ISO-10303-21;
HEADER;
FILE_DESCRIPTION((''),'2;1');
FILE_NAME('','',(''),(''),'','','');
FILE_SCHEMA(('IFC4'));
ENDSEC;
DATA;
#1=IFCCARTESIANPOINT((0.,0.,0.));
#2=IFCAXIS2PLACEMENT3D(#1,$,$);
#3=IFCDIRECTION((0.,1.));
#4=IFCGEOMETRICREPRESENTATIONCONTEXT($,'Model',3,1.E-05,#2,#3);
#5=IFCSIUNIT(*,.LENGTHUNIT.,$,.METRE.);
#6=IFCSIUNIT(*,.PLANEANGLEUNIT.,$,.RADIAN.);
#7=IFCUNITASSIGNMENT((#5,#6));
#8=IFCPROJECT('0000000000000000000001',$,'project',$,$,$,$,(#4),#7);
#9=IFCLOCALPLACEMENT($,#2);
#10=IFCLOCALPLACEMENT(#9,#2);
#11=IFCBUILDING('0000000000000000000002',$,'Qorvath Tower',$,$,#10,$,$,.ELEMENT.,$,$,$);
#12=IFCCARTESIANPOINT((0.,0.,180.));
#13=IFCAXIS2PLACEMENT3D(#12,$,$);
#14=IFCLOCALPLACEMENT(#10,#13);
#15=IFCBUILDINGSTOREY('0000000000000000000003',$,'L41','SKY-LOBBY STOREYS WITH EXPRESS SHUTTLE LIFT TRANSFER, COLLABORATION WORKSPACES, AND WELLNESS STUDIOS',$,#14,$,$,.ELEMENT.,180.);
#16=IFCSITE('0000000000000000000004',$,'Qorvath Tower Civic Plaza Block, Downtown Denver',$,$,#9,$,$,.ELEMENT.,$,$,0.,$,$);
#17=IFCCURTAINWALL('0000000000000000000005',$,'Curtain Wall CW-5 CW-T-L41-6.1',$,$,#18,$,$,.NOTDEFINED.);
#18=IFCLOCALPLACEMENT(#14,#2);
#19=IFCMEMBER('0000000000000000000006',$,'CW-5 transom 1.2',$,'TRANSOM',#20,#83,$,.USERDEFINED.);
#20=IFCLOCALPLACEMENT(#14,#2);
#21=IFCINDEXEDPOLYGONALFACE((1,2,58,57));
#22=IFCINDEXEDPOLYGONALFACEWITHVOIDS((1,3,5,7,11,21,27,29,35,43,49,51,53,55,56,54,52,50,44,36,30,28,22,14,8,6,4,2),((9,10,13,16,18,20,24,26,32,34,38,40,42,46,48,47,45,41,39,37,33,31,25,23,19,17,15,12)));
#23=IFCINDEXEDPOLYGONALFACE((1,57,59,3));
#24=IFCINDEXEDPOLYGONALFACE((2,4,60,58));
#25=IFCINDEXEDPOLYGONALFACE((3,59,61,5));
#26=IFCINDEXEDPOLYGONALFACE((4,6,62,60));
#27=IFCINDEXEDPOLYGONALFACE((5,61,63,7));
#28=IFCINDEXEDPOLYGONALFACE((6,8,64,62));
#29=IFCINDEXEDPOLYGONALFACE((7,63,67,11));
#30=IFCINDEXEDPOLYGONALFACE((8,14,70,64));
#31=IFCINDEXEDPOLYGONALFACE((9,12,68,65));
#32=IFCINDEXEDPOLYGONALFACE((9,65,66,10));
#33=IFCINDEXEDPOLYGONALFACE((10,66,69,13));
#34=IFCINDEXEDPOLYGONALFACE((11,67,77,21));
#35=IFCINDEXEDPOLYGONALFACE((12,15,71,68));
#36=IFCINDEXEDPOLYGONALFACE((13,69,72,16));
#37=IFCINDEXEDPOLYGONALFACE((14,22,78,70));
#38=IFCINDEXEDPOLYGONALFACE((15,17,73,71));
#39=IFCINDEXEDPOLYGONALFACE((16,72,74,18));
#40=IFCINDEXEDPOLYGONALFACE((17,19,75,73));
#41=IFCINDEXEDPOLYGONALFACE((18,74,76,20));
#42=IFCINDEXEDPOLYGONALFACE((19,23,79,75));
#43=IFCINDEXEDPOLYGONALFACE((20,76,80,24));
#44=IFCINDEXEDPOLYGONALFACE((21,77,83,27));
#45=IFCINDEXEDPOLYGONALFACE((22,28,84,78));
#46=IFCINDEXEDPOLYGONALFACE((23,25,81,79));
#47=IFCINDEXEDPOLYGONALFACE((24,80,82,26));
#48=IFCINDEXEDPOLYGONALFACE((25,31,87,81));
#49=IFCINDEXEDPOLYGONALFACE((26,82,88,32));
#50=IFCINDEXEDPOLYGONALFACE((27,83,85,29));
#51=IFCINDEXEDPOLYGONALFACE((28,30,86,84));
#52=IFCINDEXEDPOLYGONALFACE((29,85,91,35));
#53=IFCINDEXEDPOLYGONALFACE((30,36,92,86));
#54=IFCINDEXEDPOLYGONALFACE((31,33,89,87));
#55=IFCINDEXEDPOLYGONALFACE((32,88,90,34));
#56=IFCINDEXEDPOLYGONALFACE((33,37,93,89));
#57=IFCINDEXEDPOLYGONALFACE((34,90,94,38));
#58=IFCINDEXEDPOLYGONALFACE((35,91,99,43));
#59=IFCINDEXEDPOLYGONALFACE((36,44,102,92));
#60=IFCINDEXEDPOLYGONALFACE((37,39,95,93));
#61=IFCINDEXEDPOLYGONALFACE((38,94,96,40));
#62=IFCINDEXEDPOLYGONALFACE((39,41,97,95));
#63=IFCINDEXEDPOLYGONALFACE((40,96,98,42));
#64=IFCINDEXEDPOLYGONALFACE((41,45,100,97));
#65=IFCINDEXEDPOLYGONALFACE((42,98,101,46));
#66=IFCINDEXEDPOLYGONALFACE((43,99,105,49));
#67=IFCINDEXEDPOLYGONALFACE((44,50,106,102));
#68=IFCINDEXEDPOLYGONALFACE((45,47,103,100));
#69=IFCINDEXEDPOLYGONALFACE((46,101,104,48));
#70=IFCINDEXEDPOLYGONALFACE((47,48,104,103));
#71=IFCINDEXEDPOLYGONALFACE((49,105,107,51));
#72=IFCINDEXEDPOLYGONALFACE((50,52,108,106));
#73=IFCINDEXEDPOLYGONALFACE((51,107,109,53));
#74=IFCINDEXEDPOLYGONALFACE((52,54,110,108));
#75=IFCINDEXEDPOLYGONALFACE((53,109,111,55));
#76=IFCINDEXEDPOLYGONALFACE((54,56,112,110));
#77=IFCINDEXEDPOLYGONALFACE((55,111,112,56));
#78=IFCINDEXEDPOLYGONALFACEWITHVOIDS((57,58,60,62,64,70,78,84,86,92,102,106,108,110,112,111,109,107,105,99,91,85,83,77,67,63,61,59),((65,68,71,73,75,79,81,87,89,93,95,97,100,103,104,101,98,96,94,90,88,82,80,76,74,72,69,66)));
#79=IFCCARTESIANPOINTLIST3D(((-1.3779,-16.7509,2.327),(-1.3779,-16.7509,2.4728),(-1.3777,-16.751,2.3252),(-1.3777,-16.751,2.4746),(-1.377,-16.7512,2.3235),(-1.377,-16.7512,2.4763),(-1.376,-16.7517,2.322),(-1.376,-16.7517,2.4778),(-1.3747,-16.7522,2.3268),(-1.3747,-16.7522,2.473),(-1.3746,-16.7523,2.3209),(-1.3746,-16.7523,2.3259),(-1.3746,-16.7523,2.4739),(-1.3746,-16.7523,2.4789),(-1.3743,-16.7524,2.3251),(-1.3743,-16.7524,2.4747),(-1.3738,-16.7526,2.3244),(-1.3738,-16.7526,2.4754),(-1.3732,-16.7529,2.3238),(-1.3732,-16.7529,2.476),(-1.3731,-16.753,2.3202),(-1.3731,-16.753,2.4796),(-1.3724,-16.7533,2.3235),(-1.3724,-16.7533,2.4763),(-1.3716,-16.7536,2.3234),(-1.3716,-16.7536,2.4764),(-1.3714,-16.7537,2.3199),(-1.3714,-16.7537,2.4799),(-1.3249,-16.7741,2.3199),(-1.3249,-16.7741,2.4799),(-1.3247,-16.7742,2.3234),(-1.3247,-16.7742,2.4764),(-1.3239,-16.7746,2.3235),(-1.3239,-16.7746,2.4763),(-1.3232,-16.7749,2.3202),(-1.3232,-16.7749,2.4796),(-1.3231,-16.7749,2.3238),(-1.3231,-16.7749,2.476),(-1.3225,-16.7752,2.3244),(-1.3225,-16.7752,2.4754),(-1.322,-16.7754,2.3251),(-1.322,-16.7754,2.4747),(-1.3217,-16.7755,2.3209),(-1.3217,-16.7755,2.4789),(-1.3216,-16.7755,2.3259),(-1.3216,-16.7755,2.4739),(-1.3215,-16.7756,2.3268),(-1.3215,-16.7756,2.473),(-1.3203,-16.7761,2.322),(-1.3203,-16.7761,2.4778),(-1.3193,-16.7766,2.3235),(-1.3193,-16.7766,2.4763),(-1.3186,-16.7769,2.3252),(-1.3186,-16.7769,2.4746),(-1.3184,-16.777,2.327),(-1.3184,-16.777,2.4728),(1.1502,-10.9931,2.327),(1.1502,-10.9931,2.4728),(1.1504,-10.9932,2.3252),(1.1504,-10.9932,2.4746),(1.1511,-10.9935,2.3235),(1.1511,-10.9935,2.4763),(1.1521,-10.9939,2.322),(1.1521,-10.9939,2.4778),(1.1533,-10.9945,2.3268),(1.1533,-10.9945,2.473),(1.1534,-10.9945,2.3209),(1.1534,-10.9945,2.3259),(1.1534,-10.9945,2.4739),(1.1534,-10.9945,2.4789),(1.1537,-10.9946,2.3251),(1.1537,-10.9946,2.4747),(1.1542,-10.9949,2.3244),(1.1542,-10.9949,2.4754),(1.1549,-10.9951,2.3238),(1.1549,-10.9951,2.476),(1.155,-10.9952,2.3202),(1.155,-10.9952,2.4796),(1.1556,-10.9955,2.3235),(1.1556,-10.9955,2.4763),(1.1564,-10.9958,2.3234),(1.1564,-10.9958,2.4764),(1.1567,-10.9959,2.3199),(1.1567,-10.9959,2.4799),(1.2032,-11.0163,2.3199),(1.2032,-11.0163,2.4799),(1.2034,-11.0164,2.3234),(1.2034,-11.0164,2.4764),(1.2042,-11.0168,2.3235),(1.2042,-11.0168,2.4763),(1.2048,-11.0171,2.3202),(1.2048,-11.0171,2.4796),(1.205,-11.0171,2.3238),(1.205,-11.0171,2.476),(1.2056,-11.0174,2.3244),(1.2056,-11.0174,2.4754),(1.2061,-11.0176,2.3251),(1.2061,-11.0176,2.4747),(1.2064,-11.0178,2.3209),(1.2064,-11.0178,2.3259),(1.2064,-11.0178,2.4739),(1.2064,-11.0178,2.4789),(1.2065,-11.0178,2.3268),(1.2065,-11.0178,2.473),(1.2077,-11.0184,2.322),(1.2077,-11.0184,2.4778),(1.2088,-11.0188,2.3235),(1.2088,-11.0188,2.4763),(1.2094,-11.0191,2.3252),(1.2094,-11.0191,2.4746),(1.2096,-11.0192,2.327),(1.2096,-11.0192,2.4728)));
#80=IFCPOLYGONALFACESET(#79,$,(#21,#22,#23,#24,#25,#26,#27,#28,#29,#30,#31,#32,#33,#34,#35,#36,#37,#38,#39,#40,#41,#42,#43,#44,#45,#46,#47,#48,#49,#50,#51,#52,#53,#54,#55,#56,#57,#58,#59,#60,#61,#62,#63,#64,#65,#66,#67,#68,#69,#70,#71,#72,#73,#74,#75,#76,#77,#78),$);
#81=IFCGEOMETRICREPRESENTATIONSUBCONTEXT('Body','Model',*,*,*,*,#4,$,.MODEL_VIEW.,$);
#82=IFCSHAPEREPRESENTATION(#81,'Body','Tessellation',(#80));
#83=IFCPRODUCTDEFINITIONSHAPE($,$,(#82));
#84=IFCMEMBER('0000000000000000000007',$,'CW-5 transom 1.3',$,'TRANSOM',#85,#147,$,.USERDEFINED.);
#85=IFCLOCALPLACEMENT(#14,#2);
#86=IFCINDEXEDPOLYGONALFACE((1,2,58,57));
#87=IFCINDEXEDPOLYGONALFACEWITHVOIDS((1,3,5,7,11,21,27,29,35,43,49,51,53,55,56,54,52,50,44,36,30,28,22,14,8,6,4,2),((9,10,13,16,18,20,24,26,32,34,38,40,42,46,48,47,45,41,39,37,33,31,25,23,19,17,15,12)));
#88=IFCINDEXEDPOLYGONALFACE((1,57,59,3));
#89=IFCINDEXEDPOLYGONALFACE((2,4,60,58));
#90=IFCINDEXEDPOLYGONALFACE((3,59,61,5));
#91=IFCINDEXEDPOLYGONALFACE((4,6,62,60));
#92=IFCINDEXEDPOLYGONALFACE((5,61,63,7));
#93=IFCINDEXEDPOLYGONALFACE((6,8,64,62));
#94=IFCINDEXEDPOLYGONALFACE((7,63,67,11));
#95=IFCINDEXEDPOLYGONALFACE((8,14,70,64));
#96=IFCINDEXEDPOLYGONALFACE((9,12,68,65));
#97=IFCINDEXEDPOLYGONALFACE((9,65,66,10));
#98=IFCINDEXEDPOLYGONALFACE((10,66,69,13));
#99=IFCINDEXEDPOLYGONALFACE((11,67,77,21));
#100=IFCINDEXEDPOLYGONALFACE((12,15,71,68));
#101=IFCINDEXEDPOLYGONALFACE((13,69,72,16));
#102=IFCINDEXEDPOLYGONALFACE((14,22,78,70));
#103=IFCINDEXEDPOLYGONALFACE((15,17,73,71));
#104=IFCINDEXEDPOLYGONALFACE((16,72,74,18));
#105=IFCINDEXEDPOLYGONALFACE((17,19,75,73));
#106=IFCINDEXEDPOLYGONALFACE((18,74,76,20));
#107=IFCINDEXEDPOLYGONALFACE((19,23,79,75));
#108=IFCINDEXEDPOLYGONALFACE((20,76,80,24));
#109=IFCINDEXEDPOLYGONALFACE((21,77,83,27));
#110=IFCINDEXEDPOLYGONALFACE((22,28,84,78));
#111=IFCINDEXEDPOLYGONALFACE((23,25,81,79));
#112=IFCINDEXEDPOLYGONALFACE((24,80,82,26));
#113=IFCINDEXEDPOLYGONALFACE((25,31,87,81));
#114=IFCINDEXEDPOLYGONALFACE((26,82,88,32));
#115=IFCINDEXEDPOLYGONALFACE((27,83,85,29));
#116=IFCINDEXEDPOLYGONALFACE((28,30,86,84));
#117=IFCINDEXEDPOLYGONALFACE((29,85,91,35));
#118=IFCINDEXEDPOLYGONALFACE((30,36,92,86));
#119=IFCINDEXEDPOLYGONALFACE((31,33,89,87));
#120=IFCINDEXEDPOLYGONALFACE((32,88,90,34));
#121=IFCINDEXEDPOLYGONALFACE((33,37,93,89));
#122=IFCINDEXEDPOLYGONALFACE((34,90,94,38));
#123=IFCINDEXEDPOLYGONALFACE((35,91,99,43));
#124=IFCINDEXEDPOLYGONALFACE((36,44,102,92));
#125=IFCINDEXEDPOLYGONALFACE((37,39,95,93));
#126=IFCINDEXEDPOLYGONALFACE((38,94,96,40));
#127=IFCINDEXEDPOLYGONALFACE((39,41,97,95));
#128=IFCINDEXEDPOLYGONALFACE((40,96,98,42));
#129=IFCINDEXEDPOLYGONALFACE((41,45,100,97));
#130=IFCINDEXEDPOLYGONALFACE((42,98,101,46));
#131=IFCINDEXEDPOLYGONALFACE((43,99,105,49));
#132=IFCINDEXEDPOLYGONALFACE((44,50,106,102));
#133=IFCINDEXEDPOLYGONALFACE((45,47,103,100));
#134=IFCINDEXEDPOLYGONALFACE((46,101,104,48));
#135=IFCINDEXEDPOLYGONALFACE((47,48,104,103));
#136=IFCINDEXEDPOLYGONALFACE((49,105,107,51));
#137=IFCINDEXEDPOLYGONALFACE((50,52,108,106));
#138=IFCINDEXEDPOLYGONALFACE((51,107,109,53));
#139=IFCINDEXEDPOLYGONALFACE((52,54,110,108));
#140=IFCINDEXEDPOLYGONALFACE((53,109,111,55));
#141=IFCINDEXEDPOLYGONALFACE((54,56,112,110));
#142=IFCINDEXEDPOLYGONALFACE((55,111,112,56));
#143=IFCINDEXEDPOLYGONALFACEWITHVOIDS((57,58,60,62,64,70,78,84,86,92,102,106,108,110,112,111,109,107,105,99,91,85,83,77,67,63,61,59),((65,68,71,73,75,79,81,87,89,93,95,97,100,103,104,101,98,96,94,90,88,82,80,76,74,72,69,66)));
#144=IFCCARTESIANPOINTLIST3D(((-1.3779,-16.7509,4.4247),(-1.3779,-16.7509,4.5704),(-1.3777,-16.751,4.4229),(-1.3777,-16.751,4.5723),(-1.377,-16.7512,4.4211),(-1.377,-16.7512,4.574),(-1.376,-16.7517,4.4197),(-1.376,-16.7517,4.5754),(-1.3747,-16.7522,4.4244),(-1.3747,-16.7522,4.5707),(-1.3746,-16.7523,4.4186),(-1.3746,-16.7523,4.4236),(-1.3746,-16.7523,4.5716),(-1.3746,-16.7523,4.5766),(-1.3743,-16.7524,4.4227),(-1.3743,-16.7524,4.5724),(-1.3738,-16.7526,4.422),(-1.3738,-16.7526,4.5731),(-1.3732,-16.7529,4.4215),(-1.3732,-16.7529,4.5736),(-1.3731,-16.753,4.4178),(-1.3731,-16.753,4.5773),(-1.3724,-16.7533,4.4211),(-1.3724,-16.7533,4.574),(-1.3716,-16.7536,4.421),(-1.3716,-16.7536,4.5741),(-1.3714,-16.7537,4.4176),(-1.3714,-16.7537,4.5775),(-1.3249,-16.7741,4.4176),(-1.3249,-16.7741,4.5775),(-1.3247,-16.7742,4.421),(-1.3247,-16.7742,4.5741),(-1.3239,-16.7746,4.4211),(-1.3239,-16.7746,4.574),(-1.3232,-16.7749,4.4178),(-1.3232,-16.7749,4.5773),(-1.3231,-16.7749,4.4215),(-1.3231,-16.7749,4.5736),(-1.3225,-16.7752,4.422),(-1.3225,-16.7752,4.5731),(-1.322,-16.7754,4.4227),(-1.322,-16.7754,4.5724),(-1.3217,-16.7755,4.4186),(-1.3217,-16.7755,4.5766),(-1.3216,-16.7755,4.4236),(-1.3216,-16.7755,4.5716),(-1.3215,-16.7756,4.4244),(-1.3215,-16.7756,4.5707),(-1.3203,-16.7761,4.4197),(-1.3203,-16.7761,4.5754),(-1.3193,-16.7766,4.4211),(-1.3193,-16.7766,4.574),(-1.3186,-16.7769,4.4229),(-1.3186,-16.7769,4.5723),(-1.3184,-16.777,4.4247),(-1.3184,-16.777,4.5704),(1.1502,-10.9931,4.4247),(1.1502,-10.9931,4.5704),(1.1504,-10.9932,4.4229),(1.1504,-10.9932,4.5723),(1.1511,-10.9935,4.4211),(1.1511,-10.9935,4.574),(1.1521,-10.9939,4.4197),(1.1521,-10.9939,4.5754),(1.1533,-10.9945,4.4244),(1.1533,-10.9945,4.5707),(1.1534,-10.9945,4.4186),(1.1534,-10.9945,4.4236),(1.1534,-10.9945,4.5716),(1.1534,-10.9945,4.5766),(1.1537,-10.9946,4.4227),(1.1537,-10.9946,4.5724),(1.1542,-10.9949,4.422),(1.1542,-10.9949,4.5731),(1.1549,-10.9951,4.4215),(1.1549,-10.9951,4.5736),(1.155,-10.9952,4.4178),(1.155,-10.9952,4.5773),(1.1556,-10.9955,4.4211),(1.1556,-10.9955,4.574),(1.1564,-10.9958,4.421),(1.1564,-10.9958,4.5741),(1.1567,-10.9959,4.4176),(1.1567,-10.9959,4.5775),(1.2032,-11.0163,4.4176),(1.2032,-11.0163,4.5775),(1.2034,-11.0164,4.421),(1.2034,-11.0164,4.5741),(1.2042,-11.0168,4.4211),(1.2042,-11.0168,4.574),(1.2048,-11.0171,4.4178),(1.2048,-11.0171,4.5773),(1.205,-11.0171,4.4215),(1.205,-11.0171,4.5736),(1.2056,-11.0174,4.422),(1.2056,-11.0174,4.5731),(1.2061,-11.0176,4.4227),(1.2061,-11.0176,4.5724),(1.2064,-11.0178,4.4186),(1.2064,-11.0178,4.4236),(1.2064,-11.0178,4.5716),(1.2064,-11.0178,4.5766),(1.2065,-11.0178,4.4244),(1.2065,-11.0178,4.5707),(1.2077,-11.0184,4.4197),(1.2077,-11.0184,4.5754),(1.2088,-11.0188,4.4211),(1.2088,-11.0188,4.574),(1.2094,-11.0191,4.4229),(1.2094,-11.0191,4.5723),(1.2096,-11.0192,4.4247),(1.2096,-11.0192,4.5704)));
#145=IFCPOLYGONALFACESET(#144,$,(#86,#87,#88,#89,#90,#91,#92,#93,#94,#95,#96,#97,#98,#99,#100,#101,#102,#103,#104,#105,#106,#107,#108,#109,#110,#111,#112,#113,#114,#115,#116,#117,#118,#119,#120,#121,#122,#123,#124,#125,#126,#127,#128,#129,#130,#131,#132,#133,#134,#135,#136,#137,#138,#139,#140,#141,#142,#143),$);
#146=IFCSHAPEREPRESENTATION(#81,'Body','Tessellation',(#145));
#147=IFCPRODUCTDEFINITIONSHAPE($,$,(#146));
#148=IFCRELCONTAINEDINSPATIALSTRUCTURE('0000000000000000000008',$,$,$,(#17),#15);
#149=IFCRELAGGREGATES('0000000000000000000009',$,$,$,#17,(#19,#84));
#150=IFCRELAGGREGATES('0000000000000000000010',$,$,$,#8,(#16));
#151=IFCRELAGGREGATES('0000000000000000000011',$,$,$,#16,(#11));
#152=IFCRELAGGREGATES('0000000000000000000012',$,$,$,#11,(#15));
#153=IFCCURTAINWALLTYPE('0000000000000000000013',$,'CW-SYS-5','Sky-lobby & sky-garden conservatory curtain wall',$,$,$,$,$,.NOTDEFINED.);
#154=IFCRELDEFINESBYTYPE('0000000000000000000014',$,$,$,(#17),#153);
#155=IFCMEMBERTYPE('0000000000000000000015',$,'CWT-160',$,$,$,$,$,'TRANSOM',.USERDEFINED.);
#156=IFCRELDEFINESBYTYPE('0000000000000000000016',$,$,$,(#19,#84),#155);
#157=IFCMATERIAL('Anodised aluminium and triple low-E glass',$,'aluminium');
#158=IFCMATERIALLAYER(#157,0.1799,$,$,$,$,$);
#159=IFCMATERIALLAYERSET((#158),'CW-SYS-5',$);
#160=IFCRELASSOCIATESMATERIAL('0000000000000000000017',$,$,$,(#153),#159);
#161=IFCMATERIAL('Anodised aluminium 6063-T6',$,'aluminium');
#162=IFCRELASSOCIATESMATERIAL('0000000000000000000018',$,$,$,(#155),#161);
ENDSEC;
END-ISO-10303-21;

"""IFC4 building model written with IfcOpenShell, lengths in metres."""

from ifc_helpers import new_model, si_unit, direction, frame, origin, origin_2d, place, context, subcontext, project, spatial, hollow_rectangle, extrude, material, layer, layer_set, material_profile, profile_set, type_object, element, aggregate, save


model = new_model("IFC4")

# Units and contexts
model_context = context("Model", 3, precision=1e-05, world=origin(), true_north=direction((0.0, 1.0)))
body_context = subcontext(model_context, "Body", "Model", "MODEL_VIEW")
ifc_project = project(units=[si_unit("LENGTHUNIT", "METRE"), si_unit("PLANEANGLEUNIT", "RADIAN")], contexts=[model_context])

# Site, building, storey
site_placement = place(None, origin())
site = spatial("IfcSite", under=ifc_project, at=site_placement, Name="Qorvath Tower Civic Plaza Block, Downtown Denver", CompositionType="ELEMENT", RefElevation=0.0)
building_placement = place(site_placement, origin())
building = spatial("IfcBuilding", under=site, at=building_placement, Name="Qorvath Tower", CompositionType="ELEMENT")
storey_placement = place(building_placement, frame((0.0, 0.0, 180.0)))
storey = spatial("IfcBuildingStorey", under=building, at=storey_placement, Name="L41", Description="SKY-LOBBY STOREYS WITH EXPRESS SHUTTLE LIFT TRANSFER, COLLABORATION WORKSPACES, AND WELLNESS STUDIOS", CompositionType="ELEMENT", Elevation=180.0)

# Curtain wall
ifc_material_1 = material(Name="Anodised aluminium and triple low-E glass", Category="aluminium")
ifc_layer_1 = layer(ifc_material_1, 0.1799)
ifc_layer_set_1 = layer_set([ifc_layer_1], Name="CW-SYS-5")
curtain_wall_type = type_object("IfcCurtainWallType", Name="CW-SYS-5", Description="Sky-lobby & sky-garden conservatory curtain wall", PredefinedType="NOTDEFINED", material=ifc_layer_set_1)
curtain_wall_1_placement = place(storey_placement, origin())
curtain_wall_1 = element("IfcCurtainWall", 1, at=curtain_wall_1_placement, inside=storey, type_object=curtain_wall_type, Name="Curtain Wall CW-5 CW-T-L41-6.1", PredefinedType="NOTDEFINED")

# Members
ifc_material_2 = material(Name="Anodised aluminium 6063-T6", Category="aluminium")
ifc_material_profile_1 = material_profile(ifc_material_2, hollow_rectangle(XDim=0.0649, YDim=0.1599, WallThickness=0.0034, InnerFilletRadius=0.0034, OuterFilletRadius=0.0071, at=origin_2d()), Name="CWT 160x65")
ifc_profile_set_1 = profile_set([ifc_material_profile_1], Name="Anodised aluminium 6063-T6")
member_type_1 = type_object("IfcMemberType", Name="CWT-160", ElementType="TRANSOM", PredefinedType="USERDEFINED", material=ifc_profile_set_1)
member_1_placement = place(storey_placement, frame((-1.3481, -16.7639, 2.3999), z_axis=(0.402024, 0.915629, 0.0), x_axis=(-0.915629, 0.402024, 0.0)))
member_1 = element("IfcMember", 2, at=member_1_placement, type_object=member_type_1, Name="CW-5 transom 1.2", ObjectType="TRANSOM", PredefinedType="USERDEFINED", context=body_context, shape_type="SweptSolid", body=[
    extrude(hollow_rectangle(XDim=0.0649, YDim=0.1599, WallThickness=0.0034, InnerFilletRadius=0.0034, OuterFilletRadius=0.0071, at=origin_2d()), origin(), (0.0, 0.0, 1.0), 6.2883),
])
member_2_placement = place(storey_placement, frame((-1.3481, -16.7639, 4.4976), z_axis=(0.402024, 0.915629, 0.0), x_axis=(-0.915629, 0.402024, 0.0)))
member_2 = element("IfcMember", 3, at=member_2_placement, type_object=member_type_1, Name="CW-5 transom 1.3", ObjectType="TRANSOM", PredefinedType="USERDEFINED", context=body_context, shape_type="SweptSolid", body=[
    extrude(hollow_rectangle(XDim=0.0649, YDim=0.1599, WallThickness=0.0034, InnerFilletRadius=0.0034, OuterFilletRadius=0.0071, at=origin_2d()), origin(), (0.0, 0.0, 1.0), 6.2883),
])

aggregate(curtain_wall_1, [member_1, member_2])

save(model, "model.ifc")
